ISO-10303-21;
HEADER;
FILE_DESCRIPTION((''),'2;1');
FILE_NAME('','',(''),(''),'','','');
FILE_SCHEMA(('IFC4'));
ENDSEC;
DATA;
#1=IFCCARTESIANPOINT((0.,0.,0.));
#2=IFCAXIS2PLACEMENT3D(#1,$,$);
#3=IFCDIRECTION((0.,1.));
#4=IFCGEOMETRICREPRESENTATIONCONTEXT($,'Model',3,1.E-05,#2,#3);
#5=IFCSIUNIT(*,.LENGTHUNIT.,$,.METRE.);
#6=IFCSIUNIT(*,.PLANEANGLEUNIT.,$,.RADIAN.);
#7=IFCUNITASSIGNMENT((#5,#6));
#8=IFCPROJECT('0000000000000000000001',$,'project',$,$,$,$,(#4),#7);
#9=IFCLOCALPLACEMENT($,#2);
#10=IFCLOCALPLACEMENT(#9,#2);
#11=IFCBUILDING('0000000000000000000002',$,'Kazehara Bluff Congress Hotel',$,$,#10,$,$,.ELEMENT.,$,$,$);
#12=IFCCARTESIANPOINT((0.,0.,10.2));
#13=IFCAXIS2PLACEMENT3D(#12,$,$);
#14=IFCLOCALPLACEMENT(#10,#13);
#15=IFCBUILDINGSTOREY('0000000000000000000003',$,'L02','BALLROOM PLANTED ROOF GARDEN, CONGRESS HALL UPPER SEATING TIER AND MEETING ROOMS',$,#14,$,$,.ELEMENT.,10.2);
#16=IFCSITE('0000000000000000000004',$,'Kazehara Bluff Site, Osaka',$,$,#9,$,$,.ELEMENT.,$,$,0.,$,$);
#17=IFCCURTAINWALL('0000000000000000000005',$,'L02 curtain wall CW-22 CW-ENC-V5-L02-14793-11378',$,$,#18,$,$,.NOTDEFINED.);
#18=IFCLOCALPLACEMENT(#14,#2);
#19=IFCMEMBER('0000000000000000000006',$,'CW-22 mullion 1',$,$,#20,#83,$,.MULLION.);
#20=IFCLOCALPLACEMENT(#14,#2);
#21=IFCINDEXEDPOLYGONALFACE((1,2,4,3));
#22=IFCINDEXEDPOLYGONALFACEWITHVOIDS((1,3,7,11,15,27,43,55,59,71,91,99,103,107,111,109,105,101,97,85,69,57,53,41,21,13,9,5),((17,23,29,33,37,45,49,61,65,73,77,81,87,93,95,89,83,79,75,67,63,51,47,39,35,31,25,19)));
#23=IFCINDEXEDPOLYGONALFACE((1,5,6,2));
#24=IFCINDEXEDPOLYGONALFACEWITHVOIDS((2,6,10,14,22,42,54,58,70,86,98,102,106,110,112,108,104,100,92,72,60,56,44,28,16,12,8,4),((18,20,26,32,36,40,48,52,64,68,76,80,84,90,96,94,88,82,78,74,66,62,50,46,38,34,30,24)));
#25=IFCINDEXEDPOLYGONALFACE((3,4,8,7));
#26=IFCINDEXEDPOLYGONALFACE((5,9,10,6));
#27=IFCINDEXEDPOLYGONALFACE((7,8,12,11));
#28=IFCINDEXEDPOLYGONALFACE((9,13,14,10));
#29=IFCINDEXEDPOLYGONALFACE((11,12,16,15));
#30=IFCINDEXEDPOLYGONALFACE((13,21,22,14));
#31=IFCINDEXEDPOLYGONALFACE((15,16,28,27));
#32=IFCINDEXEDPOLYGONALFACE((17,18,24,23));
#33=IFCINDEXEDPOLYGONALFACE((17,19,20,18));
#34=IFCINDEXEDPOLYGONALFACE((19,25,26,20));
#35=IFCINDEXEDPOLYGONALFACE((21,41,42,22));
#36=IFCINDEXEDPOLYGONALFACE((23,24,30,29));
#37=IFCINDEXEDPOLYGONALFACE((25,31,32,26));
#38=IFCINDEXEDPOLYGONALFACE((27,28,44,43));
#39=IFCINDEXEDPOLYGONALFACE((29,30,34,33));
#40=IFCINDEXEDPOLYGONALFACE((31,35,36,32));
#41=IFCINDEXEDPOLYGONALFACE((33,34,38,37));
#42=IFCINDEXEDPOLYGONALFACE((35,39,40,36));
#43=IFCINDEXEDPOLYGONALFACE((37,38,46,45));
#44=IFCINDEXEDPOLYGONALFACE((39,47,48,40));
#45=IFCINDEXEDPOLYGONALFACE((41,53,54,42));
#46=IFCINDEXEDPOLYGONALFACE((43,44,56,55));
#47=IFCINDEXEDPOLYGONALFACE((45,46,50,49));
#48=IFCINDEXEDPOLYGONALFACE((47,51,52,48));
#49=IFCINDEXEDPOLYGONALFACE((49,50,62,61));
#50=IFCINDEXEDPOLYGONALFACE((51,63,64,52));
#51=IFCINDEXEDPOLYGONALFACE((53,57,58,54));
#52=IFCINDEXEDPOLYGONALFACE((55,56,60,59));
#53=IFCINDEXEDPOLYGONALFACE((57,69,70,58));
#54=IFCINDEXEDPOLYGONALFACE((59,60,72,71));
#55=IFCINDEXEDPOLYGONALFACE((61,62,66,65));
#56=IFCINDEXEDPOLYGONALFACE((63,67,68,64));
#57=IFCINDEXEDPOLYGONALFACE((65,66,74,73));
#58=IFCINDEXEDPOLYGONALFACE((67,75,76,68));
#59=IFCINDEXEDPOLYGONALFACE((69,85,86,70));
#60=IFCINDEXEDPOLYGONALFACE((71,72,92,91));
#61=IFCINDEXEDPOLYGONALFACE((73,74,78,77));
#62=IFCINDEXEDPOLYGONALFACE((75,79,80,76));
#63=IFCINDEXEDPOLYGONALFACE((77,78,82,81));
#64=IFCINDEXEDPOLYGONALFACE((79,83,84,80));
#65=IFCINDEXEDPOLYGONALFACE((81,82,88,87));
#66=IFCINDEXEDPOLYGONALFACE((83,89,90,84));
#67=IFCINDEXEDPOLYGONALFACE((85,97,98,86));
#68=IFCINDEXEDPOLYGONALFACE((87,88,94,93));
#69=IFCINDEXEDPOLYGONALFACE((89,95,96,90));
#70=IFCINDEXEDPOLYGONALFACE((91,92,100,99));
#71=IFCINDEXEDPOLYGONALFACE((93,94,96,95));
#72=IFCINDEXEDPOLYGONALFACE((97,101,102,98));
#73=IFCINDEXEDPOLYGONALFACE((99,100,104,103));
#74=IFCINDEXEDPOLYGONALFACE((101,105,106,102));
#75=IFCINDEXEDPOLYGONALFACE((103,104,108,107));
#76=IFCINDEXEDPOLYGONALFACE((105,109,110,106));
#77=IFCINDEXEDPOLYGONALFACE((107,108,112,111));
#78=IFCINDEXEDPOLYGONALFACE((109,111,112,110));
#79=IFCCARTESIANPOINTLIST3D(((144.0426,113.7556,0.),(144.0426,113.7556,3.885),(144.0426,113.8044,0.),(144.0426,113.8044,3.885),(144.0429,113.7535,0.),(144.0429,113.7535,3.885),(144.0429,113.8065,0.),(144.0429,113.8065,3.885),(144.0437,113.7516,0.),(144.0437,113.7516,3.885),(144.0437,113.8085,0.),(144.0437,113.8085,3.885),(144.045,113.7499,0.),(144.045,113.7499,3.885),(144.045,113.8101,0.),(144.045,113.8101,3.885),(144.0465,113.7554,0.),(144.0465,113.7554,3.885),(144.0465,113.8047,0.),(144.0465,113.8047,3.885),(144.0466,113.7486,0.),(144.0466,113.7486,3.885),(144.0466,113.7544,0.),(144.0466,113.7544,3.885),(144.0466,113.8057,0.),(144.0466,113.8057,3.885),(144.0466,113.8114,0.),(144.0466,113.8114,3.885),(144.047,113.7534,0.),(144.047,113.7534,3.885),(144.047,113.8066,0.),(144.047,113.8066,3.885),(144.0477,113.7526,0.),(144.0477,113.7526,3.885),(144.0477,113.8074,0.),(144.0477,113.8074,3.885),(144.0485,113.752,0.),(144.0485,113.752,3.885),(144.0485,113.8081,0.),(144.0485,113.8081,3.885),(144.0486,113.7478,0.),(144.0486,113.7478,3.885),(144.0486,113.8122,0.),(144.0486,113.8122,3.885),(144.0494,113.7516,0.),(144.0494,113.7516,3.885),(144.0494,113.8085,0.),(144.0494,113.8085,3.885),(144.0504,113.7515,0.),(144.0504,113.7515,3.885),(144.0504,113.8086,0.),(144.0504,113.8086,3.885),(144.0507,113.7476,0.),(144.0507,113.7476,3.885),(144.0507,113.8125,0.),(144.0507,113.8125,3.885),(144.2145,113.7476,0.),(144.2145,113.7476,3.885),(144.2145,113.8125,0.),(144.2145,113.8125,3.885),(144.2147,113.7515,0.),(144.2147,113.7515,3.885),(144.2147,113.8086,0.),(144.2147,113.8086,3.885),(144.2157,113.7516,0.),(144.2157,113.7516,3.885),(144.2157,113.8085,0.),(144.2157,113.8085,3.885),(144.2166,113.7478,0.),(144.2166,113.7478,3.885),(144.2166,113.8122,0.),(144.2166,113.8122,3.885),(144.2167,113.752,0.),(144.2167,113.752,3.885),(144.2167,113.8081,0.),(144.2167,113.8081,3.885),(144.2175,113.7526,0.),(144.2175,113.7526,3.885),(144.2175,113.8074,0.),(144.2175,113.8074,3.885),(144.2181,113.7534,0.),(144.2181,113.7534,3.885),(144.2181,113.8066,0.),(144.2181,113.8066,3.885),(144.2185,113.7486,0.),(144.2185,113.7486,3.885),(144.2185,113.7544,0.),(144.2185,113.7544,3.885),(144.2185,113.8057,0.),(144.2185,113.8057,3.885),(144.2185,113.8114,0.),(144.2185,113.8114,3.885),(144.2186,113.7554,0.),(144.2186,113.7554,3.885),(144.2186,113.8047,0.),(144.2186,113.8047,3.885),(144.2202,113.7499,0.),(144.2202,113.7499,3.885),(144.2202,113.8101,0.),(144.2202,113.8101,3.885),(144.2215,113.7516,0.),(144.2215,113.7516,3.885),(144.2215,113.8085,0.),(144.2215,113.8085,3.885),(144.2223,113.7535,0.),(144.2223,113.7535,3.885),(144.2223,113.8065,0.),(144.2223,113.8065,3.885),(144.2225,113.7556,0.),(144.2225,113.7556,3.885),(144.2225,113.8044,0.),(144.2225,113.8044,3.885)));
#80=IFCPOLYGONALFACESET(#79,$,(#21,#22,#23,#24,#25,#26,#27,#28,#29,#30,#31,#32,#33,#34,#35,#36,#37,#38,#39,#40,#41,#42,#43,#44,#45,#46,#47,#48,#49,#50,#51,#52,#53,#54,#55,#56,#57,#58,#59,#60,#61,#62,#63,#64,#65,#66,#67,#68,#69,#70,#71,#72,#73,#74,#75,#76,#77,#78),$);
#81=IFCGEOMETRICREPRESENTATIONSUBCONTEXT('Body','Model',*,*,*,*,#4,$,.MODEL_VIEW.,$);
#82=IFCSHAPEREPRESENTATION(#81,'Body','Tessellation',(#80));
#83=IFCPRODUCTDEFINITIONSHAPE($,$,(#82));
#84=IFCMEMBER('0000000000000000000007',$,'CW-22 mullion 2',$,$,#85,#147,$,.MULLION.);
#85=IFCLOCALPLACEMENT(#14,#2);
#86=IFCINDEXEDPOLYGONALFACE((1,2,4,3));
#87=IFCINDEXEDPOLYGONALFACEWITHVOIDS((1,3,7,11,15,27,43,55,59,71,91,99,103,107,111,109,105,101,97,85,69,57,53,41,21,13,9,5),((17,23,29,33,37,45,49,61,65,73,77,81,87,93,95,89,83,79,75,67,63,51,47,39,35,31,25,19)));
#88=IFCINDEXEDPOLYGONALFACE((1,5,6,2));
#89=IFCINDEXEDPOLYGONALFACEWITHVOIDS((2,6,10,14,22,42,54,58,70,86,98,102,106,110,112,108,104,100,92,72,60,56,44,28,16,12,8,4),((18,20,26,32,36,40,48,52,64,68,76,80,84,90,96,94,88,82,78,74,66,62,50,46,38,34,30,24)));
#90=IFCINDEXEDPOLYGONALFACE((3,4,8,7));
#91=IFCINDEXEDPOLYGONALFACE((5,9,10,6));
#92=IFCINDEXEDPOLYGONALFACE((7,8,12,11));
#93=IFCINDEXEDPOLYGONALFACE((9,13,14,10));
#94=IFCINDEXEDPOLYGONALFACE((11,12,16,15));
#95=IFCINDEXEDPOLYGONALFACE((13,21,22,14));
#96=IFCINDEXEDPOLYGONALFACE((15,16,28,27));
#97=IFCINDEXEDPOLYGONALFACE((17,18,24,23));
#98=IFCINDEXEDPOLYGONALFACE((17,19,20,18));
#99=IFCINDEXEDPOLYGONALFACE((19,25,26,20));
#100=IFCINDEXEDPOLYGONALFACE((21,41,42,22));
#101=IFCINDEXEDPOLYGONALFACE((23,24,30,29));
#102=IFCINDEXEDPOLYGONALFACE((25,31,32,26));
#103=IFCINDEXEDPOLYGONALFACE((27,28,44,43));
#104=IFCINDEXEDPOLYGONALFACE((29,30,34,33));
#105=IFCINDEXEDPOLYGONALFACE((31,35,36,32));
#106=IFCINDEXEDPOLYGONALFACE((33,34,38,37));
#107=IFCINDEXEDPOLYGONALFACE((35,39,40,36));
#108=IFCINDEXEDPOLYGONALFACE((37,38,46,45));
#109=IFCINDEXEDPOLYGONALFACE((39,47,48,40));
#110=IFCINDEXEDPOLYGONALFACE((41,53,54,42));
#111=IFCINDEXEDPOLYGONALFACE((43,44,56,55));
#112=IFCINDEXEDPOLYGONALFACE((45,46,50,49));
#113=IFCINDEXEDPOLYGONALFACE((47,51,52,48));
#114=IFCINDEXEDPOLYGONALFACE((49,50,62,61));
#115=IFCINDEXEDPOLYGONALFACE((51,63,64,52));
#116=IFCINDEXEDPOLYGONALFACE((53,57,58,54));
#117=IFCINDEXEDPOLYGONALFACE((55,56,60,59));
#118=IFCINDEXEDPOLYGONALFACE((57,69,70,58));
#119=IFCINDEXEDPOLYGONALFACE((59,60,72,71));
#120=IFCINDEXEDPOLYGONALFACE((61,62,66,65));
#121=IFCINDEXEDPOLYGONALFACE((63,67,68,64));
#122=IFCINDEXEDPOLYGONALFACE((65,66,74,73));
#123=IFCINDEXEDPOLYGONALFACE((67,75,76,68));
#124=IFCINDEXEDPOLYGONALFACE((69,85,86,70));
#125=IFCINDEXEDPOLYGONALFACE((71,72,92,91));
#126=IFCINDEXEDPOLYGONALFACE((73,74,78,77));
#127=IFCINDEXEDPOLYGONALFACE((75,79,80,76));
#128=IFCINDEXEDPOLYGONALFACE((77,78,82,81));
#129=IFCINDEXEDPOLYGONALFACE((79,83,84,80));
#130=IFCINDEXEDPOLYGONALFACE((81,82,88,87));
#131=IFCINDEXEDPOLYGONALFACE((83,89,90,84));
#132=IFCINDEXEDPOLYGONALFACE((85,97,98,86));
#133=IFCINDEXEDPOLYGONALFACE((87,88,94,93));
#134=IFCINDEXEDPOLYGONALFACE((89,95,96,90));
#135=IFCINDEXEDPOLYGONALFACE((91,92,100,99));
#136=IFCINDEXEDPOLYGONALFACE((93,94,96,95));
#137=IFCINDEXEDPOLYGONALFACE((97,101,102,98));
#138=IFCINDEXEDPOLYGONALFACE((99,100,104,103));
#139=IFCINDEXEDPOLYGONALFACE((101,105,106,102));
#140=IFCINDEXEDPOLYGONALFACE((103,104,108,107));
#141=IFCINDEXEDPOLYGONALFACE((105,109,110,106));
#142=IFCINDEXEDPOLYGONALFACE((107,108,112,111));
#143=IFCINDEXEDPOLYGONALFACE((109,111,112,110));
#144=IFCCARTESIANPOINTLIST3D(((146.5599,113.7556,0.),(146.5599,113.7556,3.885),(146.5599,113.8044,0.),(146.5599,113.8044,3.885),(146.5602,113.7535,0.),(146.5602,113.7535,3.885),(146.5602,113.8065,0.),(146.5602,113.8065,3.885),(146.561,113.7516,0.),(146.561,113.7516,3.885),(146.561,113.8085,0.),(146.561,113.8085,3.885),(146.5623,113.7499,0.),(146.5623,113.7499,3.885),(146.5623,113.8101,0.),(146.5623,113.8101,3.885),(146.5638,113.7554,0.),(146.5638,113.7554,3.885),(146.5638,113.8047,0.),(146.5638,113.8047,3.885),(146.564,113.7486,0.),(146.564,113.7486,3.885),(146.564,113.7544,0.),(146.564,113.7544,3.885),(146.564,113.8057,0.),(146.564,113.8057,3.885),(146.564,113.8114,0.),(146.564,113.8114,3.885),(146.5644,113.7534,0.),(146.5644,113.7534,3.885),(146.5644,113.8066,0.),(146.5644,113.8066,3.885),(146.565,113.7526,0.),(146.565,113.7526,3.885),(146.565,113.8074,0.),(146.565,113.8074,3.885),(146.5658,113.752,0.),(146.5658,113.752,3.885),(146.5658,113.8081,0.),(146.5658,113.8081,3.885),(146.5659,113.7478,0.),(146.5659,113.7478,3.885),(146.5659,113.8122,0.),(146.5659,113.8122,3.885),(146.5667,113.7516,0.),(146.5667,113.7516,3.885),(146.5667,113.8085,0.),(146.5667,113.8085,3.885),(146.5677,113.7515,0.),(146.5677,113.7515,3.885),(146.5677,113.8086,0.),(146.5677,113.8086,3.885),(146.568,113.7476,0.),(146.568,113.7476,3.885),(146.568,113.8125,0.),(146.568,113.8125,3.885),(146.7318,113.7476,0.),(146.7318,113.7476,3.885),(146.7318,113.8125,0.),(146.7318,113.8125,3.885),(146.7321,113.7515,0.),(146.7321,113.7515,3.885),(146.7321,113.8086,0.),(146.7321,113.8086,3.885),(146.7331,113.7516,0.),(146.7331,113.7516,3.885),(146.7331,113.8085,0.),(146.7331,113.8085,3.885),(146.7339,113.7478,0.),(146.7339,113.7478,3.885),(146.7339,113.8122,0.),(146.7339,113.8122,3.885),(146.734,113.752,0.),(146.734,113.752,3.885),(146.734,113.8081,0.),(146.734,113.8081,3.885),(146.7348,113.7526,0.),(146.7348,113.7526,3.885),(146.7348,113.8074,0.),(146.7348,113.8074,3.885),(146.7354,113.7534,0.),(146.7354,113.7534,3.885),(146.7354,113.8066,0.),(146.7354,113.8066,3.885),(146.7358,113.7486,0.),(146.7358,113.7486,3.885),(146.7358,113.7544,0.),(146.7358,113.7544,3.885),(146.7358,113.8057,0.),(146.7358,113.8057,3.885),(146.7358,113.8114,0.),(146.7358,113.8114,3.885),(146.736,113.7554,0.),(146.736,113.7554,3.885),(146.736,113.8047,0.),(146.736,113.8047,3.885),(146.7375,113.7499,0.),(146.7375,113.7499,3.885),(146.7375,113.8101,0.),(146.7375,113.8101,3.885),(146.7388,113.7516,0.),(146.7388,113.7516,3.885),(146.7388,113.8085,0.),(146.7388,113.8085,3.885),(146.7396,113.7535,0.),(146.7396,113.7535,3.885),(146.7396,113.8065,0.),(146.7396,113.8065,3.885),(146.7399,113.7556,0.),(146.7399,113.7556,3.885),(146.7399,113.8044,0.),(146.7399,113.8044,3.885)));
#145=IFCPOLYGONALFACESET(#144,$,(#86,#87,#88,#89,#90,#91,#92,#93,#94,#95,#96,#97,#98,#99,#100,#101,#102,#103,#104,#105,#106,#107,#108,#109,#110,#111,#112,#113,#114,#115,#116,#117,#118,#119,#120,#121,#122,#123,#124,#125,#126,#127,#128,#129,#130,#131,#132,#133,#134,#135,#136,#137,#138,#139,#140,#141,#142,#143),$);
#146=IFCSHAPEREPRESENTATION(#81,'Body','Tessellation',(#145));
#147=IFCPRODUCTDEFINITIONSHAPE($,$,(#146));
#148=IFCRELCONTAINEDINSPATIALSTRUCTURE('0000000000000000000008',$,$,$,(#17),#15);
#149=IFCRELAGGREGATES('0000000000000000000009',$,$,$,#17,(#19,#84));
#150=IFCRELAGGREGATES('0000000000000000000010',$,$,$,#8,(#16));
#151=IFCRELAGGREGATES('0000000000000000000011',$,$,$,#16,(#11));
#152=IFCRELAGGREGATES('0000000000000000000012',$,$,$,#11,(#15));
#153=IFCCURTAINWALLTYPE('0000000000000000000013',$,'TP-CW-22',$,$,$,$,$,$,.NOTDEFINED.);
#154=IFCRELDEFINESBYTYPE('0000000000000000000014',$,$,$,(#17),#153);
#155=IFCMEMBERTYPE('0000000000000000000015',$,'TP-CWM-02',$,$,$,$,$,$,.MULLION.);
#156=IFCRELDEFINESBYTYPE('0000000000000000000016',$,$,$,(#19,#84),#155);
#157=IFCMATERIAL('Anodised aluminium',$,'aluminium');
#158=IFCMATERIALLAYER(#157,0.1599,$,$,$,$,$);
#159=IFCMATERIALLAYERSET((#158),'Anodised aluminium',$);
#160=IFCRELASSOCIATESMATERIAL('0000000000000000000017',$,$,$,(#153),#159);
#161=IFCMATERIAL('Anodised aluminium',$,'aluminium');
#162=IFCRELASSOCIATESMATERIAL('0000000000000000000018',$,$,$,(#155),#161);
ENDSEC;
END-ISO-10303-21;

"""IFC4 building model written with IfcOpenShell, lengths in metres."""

from ifc_helpers import new_model, si_unit, direction, frame, origin, origin_2d, place, context, subcontext, project, spatial, hollow_rectangle, extrude, material, layer, layer_set, material_profile, profile_set, type_object, element, aggregate, save


model = new_model("IFC4")

# Units and contexts
model_context = context("Model", 3, precision=1e-05, world=origin(), true_north=direction((0.0, 1.0)))
body_context = subcontext(model_context, "Body", "Model", "MODEL_VIEW")
ifc_project = project(units=[si_unit("LENGTHUNIT", "METRE"), si_unit("PLANEANGLEUNIT", "RADIAN")], contexts=[model_context])

# Site, building, storey
site_placement = place(None, origin())
site = spatial("IfcSite", under=ifc_project, at=site_placement, Name="Kazehara Bluff Site, Osaka", CompositionType="ELEMENT", RefElevation=0.0)
building_placement = place(site_placement, origin())
building = spatial("IfcBuilding", under=site, at=building_placement, Name="Kazehara Bluff Congress Hotel", CompositionType="ELEMENT")
storey_placement = place(building_placement, frame((0.0, 0.0, 10.2)))
storey = spatial("IfcBuildingStorey", under=building, at=storey_placement, Name="L02", Description="BALLROOM PLANTED ROOF GARDEN, CONGRESS HALL UPPER SEATING TIER AND MEETING ROOMS", CompositionType="ELEMENT", Elevation=10.2)

# Curtain wall, members
ifc_material_1 = material(Name="Anodised aluminium", Category="aluminium")
ifc_layer_1 = layer(ifc_material_1, 0.1599)
ifc_layer_set_1 = layer_set([ifc_layer_1], Name="Anodised aluminium")
curtain_wall_type_1 = type_object("IfcCurtainWallType", Name="TP-CW-22", PredefinedType="NOTDEFINED", material=ifc_layer_set_1)
curtain_wall_1_placement = place(storey_placement, origin())
curtain_wall_1 = element("IfcCurtainWall", 1, at=curtain_wall_1_placement, inside=storey, type_object=curtain_wall_type_1, Name="L02 curtain wall CW-22 CW-ENC-V5-L02-14793-11378", PredefinedType="NOTDEFINED")
ifc_material_2 = material(Name="Anodised aluminium", Category="aluminium")
ifc_material_profile_1 = material_profile(ifc_material_2, hollow_rectangle(XDim=0.0649, YDim=0.1799, WallThickness=0.0039, InnerFilletRadius=0.0039, OuterFilletRadius=0.0081, at=origin_2d()))
ifc_profile_set_1 = profile_set([ifc_material_profile_1], Name="Anodised aluminium")
member_type_1 = type_object("IfcMemberType", Name="TP-CWM-02", PredefinedType="MULLION", material=ifc_profile_set_1)
member_1_placement = place(storey_placement, frame((144.1326, 113.78, 0.0), z_axis=(0.0, 0.0, 1.0), x_axis=(0.0, 1.0, 0.0)))
member_1 = element("IfcMember", 2, at=member_1_placement, type_object=member_type_1, Name="CW-22 mullion 1", PredefinedType="MULLION", context=body_context, shape_type="SweptSolid", body=[
    extrude(hollow_rectangle(XDim=0.0649, YDim=0.1799, WallThickness=0.0039, InnerFilletRadius=0.0039, OuterFilletRadius=0.0081, at=origin_2d()), origin(), (0.0, 0.0, 1.0), 3.885),
])
member_2_placement = place(storey_placement, frame((146.6499, 113.78, 0.0), z_axis=(0.0, 0.0, 1.0), x_axis=(0.0, 1.0, 0.0)))
member_2 = element("IfcMember", 3, at=member_2_placement, type_object=member_type_1, Name="CW-22 mullion 2", PredefinedType="MULLION", context=body_context, shape_type="SweptSolid", body=[
    extrude(hollow_rectangle(XDim=0.0649, YDim=0.1799, WallThickness=0.0039, InnerFilletRadius=0.0039, OuterFilletRadius=0.0081, at=origin_2d()), origin(), (0.0, 0.0, 1.0), 3.885),
])

aggregate(curtain_wall_1, [member_1, member_2])

save(model, "model.ifc")
